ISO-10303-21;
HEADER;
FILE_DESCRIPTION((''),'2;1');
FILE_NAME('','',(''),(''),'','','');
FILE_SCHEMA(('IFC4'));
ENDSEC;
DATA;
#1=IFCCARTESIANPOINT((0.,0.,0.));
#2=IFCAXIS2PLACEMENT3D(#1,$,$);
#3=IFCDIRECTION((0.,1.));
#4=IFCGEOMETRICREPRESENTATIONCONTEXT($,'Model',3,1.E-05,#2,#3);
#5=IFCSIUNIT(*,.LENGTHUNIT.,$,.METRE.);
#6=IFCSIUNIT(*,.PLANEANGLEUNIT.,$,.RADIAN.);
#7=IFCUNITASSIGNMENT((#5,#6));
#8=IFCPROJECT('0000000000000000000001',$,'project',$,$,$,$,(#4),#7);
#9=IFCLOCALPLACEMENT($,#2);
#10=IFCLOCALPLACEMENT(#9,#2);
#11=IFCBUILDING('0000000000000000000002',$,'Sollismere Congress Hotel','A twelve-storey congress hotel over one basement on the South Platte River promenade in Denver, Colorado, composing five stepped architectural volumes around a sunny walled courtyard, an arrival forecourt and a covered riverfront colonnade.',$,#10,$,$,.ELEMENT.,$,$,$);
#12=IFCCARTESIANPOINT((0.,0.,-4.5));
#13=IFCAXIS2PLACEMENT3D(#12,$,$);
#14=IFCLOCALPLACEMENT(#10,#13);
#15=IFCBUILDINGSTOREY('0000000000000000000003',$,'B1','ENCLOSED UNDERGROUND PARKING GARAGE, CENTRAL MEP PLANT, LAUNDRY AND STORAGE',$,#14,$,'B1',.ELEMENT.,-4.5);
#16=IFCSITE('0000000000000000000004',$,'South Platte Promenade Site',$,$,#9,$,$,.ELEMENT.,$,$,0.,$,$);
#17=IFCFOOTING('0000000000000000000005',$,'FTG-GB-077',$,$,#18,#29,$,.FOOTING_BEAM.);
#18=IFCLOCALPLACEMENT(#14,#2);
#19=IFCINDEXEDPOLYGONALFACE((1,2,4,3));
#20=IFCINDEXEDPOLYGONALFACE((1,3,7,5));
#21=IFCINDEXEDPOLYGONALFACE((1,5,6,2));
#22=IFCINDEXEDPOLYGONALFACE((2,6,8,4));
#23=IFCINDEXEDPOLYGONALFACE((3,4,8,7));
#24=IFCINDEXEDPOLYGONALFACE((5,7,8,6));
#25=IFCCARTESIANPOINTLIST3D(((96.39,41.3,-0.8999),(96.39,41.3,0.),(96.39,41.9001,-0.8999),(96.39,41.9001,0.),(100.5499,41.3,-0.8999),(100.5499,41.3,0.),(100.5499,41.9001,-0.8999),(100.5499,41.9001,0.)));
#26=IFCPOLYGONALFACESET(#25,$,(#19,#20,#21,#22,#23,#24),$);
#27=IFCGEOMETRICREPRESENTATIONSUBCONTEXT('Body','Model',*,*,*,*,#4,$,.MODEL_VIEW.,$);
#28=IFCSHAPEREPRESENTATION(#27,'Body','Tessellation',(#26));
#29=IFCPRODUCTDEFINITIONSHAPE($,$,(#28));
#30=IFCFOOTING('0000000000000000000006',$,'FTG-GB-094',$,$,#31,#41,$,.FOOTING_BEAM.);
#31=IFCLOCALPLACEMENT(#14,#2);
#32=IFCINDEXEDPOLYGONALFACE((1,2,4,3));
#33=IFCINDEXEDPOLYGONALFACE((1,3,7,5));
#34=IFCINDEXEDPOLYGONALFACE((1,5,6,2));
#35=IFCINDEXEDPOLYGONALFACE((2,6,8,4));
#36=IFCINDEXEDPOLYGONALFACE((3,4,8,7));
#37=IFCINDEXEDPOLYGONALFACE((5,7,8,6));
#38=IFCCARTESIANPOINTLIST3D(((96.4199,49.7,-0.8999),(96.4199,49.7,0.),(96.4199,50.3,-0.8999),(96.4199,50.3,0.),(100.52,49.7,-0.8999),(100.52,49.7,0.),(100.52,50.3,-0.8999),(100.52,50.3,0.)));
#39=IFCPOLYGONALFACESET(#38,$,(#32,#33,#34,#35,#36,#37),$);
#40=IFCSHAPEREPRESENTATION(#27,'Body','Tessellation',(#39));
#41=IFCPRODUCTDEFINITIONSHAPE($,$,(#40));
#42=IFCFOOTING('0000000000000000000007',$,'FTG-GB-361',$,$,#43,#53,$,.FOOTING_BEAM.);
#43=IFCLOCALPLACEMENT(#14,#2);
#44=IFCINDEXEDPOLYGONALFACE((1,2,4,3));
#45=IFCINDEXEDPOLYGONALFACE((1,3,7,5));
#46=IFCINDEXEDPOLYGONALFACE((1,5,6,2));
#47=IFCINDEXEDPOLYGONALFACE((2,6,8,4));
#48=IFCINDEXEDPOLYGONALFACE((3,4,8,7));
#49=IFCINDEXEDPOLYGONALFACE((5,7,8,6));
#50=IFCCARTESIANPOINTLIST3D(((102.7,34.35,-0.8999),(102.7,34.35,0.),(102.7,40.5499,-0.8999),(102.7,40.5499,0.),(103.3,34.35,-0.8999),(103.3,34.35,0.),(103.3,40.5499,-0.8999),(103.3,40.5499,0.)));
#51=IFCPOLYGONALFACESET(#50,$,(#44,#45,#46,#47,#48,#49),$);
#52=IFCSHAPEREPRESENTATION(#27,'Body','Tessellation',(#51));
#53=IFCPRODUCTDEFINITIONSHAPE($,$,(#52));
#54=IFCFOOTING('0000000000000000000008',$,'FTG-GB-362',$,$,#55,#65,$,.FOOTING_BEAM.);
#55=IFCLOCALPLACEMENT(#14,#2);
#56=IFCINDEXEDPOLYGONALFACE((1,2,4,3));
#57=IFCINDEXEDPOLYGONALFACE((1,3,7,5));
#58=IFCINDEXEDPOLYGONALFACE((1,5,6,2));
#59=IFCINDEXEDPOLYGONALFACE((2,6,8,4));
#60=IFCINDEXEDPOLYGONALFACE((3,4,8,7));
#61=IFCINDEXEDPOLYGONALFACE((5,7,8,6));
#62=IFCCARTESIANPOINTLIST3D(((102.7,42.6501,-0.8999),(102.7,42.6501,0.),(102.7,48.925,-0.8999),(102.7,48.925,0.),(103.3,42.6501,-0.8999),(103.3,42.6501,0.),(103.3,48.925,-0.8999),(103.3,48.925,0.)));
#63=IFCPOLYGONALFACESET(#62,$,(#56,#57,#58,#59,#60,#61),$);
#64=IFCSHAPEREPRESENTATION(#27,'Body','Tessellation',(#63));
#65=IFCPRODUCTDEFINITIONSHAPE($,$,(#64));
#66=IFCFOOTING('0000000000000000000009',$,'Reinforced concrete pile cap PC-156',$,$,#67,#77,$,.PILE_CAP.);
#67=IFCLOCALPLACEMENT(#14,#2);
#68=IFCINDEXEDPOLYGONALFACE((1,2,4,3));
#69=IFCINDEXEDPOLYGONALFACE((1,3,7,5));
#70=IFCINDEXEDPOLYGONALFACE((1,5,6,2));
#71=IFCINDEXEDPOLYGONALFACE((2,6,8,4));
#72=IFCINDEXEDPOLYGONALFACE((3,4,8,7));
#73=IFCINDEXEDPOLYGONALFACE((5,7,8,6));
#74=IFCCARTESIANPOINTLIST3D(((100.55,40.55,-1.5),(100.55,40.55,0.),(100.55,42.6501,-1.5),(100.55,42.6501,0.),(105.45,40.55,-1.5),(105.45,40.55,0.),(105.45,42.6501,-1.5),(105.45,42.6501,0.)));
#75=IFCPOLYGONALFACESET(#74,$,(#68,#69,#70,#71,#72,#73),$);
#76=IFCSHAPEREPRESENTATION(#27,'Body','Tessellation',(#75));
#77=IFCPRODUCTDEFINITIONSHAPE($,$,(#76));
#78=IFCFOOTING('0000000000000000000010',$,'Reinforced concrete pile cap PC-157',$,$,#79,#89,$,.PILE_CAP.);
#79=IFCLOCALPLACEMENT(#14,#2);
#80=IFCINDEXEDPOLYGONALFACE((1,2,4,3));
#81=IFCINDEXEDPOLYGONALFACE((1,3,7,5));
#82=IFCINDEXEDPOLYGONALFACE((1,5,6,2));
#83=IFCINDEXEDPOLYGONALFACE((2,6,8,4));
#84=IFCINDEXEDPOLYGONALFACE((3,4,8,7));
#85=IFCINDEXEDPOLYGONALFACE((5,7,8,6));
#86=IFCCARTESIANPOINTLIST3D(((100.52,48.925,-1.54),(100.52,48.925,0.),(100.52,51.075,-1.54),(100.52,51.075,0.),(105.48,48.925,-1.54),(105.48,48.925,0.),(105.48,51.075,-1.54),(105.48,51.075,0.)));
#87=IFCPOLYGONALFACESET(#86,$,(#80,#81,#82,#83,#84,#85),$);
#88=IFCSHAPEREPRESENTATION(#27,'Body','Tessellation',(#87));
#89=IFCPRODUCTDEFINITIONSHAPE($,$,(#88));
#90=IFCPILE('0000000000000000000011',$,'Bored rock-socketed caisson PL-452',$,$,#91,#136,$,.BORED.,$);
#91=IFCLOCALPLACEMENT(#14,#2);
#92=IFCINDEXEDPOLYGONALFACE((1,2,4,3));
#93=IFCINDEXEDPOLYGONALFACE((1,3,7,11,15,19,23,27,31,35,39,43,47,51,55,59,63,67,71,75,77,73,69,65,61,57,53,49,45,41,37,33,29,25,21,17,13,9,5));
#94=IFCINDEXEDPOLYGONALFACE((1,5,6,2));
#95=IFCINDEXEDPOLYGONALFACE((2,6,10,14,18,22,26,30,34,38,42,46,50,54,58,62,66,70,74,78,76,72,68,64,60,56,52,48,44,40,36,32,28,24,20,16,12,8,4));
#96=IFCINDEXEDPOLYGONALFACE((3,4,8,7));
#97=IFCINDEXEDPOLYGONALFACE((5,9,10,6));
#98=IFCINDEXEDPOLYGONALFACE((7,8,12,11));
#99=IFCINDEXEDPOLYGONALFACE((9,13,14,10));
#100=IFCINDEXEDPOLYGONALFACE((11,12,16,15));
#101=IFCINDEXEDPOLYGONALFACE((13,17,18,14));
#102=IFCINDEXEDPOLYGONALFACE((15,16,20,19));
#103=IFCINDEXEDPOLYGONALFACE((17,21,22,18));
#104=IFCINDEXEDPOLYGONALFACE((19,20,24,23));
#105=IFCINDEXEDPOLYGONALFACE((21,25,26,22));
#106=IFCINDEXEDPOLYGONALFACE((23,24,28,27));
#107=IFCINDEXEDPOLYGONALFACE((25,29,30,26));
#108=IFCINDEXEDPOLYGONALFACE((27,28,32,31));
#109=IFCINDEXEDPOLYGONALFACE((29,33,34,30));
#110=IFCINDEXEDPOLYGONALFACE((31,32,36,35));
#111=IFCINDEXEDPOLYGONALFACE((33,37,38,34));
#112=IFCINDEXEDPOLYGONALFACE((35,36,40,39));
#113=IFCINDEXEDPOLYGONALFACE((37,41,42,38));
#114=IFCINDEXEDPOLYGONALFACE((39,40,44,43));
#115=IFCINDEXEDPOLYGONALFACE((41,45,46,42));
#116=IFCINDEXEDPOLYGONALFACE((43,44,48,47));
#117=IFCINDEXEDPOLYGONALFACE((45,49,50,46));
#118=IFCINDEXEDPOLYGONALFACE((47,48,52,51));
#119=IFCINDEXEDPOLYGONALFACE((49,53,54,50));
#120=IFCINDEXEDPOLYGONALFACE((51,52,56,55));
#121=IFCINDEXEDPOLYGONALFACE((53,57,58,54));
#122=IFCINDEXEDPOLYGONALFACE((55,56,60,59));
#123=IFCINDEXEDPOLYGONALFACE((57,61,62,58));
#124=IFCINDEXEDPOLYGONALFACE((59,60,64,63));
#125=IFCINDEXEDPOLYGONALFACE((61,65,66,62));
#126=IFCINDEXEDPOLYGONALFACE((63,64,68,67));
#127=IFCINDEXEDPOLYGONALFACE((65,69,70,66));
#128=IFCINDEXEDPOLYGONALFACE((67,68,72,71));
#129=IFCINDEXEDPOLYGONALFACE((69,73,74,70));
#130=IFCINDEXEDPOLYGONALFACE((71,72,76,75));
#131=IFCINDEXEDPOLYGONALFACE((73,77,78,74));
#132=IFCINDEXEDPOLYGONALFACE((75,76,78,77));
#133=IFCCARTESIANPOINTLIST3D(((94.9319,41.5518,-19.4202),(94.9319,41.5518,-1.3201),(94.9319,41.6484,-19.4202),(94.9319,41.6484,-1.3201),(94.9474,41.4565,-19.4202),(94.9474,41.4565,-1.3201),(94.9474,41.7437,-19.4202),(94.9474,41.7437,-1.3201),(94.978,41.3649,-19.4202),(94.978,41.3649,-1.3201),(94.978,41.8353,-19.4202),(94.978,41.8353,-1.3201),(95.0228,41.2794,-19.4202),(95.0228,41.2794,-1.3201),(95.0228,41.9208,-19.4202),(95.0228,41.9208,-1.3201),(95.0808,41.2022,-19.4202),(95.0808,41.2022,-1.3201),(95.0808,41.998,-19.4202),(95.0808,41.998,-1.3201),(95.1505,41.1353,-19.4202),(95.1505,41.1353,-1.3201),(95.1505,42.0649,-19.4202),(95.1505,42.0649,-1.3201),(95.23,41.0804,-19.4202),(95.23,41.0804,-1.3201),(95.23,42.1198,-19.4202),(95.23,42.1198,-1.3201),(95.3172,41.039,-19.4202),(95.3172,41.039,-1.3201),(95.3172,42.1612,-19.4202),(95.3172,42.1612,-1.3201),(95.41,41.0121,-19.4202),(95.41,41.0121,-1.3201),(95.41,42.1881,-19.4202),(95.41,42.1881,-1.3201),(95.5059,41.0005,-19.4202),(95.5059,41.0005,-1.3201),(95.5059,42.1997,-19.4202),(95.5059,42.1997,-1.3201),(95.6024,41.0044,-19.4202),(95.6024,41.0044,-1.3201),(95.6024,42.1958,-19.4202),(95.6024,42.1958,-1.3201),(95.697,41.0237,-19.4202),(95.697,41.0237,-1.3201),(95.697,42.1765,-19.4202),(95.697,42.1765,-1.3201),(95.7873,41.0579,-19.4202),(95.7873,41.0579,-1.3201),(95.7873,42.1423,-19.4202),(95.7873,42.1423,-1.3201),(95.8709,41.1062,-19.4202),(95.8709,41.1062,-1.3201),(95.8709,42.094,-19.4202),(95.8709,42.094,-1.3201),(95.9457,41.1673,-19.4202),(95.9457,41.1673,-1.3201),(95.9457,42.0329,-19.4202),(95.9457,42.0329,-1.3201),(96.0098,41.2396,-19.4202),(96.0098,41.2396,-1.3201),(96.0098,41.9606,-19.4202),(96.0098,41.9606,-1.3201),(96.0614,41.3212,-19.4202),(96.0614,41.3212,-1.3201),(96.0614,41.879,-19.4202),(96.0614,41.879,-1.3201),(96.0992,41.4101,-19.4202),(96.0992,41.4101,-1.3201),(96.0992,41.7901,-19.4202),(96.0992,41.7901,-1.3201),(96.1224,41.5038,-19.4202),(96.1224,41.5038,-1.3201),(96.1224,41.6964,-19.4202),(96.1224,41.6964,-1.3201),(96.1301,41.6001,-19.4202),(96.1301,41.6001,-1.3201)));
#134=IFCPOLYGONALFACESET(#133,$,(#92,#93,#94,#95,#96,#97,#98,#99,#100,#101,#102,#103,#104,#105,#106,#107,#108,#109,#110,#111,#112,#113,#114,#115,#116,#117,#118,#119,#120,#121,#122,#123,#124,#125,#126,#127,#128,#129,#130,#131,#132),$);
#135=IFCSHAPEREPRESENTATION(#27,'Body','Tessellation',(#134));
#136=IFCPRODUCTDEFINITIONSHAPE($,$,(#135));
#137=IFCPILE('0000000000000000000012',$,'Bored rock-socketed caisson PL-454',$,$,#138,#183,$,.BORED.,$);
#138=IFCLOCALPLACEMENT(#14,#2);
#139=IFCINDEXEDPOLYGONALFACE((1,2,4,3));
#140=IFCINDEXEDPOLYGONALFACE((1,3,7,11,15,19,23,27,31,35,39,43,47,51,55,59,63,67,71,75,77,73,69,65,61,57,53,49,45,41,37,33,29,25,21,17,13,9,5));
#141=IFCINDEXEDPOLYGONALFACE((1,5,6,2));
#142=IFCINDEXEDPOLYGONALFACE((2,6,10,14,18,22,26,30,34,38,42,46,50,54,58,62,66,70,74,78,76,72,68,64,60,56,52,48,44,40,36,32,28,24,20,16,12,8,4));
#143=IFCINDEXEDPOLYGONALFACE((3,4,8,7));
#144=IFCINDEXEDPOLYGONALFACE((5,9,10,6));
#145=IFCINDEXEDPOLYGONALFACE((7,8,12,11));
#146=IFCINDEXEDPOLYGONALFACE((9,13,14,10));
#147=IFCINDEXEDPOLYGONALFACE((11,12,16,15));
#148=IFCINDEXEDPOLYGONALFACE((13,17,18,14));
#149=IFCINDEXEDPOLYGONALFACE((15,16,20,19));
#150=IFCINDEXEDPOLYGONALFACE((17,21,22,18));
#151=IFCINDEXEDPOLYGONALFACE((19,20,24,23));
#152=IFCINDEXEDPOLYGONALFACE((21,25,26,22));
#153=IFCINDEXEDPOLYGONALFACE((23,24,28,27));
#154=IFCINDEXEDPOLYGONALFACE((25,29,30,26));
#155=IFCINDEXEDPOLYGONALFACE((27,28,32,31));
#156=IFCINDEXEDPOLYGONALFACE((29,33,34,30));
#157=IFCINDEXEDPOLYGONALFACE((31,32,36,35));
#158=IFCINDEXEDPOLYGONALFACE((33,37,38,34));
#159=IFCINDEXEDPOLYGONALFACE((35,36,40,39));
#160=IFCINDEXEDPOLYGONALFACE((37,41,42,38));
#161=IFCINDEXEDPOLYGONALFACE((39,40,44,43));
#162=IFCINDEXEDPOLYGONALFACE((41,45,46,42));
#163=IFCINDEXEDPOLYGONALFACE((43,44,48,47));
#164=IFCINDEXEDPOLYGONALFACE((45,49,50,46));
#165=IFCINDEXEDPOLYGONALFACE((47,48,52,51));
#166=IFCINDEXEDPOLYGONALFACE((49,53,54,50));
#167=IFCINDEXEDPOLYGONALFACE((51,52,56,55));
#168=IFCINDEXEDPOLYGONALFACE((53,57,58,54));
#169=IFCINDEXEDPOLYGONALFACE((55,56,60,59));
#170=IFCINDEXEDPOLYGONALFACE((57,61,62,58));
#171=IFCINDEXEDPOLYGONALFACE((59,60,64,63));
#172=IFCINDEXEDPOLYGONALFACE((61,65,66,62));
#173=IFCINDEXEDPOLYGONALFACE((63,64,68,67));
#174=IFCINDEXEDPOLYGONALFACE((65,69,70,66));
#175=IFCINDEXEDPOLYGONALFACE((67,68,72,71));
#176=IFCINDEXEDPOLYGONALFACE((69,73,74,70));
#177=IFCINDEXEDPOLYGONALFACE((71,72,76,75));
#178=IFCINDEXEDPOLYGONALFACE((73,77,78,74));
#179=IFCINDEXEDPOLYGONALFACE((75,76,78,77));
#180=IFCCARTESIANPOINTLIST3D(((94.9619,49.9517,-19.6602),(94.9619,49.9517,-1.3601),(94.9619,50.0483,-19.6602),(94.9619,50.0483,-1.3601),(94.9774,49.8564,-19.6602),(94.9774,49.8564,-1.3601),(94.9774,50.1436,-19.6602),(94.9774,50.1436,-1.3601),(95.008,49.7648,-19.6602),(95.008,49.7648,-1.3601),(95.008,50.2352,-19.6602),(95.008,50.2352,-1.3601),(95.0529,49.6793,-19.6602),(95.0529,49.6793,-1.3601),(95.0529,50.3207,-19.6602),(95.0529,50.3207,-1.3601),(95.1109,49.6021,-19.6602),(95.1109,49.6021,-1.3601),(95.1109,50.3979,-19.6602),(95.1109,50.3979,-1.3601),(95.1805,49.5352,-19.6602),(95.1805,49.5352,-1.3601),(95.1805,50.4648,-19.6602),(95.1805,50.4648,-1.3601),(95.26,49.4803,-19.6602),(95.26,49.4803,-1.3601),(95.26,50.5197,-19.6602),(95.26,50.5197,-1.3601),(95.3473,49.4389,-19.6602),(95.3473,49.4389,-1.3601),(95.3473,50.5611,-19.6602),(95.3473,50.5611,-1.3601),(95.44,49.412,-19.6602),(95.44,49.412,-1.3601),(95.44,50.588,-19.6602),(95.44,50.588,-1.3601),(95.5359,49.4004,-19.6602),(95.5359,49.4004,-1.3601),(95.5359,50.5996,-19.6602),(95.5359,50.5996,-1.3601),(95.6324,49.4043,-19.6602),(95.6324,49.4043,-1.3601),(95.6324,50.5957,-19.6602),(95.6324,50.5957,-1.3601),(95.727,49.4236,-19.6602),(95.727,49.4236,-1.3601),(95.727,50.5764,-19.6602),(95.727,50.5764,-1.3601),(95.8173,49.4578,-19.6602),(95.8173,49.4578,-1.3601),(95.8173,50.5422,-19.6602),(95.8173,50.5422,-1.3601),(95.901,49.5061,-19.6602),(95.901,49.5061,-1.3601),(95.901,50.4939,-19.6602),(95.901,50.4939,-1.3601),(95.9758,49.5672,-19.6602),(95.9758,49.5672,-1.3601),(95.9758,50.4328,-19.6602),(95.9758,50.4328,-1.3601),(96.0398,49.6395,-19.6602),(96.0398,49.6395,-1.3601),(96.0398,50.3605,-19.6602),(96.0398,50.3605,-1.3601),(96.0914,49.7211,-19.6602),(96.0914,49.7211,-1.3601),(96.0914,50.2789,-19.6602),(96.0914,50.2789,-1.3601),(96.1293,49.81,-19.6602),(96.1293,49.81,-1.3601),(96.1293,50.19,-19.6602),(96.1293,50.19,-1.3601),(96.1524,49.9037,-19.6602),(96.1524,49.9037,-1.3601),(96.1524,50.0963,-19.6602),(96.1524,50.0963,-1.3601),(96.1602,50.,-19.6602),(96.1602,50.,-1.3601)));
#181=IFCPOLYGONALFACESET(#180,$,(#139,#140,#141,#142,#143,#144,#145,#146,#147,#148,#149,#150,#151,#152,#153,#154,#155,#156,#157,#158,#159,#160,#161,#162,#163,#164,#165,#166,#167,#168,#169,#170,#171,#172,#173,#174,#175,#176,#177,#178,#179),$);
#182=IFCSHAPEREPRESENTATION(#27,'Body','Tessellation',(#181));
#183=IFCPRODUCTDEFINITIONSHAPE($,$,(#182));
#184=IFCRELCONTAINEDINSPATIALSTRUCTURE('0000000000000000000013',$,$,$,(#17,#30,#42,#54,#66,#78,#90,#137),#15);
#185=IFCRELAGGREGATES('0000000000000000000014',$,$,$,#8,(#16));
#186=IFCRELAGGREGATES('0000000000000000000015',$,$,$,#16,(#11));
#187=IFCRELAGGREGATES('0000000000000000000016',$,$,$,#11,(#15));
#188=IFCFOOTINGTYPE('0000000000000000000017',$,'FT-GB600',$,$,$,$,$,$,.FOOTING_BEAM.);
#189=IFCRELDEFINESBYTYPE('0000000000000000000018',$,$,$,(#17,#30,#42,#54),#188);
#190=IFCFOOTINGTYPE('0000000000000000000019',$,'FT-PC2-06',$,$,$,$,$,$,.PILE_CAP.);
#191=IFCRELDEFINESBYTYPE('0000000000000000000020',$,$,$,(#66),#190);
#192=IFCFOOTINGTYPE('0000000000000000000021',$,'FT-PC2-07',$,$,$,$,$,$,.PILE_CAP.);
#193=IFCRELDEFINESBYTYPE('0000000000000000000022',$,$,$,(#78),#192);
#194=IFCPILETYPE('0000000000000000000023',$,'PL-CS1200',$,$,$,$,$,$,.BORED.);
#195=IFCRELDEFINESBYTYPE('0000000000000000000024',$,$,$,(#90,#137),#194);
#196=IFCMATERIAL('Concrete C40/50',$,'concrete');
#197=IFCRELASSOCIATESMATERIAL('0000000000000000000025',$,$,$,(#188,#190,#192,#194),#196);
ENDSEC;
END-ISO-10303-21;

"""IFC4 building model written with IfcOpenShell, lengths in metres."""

from ifc_helpers import new_model, si_unit, direction, frame, origin, origin_2d, place, context, subcontext, project, spatial, rectangle, circle, extrude, material, material_profile, profile_set, type_object, element, save


model = new_model("IFC4")

# Units and contexts
model_context = context("Model", 3, precision=1e-05, world=origin(), true_north=direction((0.0, 1.0)))
body_context = subcontext(model_context, "Body", "Model", "MODEL_VIEW")
ifc_project = project(units=[si_unit("LENGTHUNIT", "METRE"), si_unit("PLANEANGLEUNIT", "RADIAN")], contexts=[model_context])

# Site, building, storey
site_placement = place(None, origin())
site = spatial("IfcSite", under=ifc_project, at=site_placement, Name="South Platte Promenade Site", CompositionType="ELEMENT", RefElevation=0.0)
building_placement = place(site_placement, origin())
building = spatial("IfcBuilding", under=site, at=building_placement, Name="Sollismere Congress Hotel", Description="A twelve-storey congress hotel over one basement on the South Platte River promenade in Denver, Colorado, composing five stepped architectural volumes around a sunny walled courtyard, an arrival forecourt and a covered riverfront colonnade.", CompositionType="ELEMENT")
storey_placement = place(building_placement, frame((0.0, 0.0, -4.5)))
storey = spatial("IfcBuildingStorey", under=building, at=storey_placement, Name="B1", Description="ENCLOSED UNDERGROUND PARKING GARAGE, CENTRAL MEP PLANT, LAUNDRY AND STORAGE", LongName="B1", CompositionType="ELEMENT", Elevation=-4.5)

# Footings
ifc_material_1 = material(Name="Concrete C40/50", Category="concrete")
footing_type_1 = type_object("IfcFootingType", Name="FT-GB600", PredefinedType="FOOTING_BEAM", material=ifc_material_1)
footing_1_placement = place(storey_placement, frame((98.47, 41.6001, -0.8999), z_axis=(0.0, 0.0, 1.0), x_axis=(1.0, 0.0, 0.0)))
element("IfcFooting", 1, at=footing_1_placement, inside=storey, type_object=footing_type_1, Name="FTG-GB-077", PredefinedType="FOOTING_BEAM", context=body_context, shape_type="SweptSolid", body=[
    extrude(rectangle(XDim=4.1599, YDim=0.6001, at=origin_2d()), origin(), (0.0, 0.0, 1.0), 0.8999),
])
footing_2_placement = place(storey_placement, frame((98.47, 50.0, -0.8999), z_axis=(0.0, 0.0, 1.0), x_axis=(1.0, 0.0, 0.0)))
element("IfcFooting", 2, at=footing_2_placement, inside=storey, type_object=footing_type_1, Name="FTG-GB-094", PredefinedType="FOOTING_BEAM", context=body_context, shape_type="SweptSolid", body=[
    extrude(rectangle(XDim=4.1001, YDim=0.6001, at=origin_2d()), origin(), (0.0, 0.0, 1.0), 0.8999),
])
footing_3_placement = place(storey_placement, frame((103.0, 37.45, -0.8999), z_axis=(0.0, 0.0, 1.0), x_axis=(0.0, 1.0, 0.0)))
element("IfcFooting", 3, at=footing_3_placement, inside=storey, type_object=footing_type_1, Name="FTG-GB-361", PredefinedType="FOOTING_BEAM", context=body_context, shape_type="SweptSolid", body=[
    extrude(rectangle(XDim=6.2, YDim=0.6001, at=origin_2d()), origin(), (0.0, 0.0, 1.0), 0.8999),
])
footing_4_placement = place(storey_placement, frame((103.0, 45.7876, -0.8999), z_axis=(0.0, 0.0, 1.0), x_axis=(0.0, 1.0, 0.0)))
element("IfcFooting", 4, at=footing_4_placement, inside=storey, type_object=footing_type_1, Name="FTG-GB-362", PredefinedType="FOOTING_BEAM", context=body_context, shape_type="SweptSolid", body=[
    extrude(rectangle(XDim=6.2749, YDim=0.6001, at=origin_2d()), origin(), (0.0, 0.0, 1.0), 0.8999),
])
footing_type_2 = type_object("IfcFootingType", Name="FT-PC2-06", PredefinedType="PILE_CAP", material=ifc_material_1)
footing_5_placement = place(storey_placement, frame((103.0, 41.6001, -1.5), z_axis=(0.0, 0.0, 1.0), x_axis=(1.0, 0.0, 0.0)))
element("IfcFooting", 5, at=footing_5_placement, inside=storey, type_object=footing_type_2, Name="Reinforced concrete pile cap PC-156", PredefinedType="PILE_CAP", context=body_context, shape_type="SweptSolid", body=[
    extrude(rectangle(XDim=4.8999, YDim=2.1001, at=origin_2d()), origin(), (0.0, 0.0, 1.0), 1.5),
])
footing_type_3 = type_object("IfcFootingType", Name="FT-PC2-07", PredefinedType="PILE_CAP", material=ifc_material_1)
footing_6_placement = place(storey_placement, frame((103.0, 50.0, -1.54), z_axis=(0.0, 0.0, 1.0), x_axis=(1.0, 0.0, 0.0)))
element("IfcFooting", 6, at=footing_6_placement, inside=storey, type_object=footing_type_3, Name="Reinforced concrete pile cap PC-157", PredefinedType="PILE_CAP", context=body_context, shape_type="SweptSolid", body=[
    extrude(rectangle(XDim=4.96, YDim=2.1499, at=origin_2d()), origin(), (0.0, 0.0, 1.0), 1.54),
])

# Piles
ifc_material_profile_1 = material_profile(ifc_material_1, circle(Radius=0.6001, at=origin_2d()), Name="CAISSON1200")
ifc_profile_set_1 = profile_set([ifc_material_profile_1], Name="Concrete C40/50")
pile_type = type_object("IfcPileType", Name="PL-CS1200", PredefinedType="BORED", material=ifc_profile_set_1)
pile_1_placement = place(storey_placement, frame((95.53, 41.6001, -1.3201), z_axis=(0.0, 0.0, -1.0), x_axis=(1.0, 0.0, 0.0)))
element("IfcPile", 7, at=pile_1_placement, inside=storey, type_object=pile_type, Name="Bored rock-socketed caisson PL-452", PredefinedType="BORED", context=body_context, shape_type="SweptSolid", body=[
    extrude(circle(Radius=0.6001, at=origin_2d()), origin(), (0.0, 0.0, 1.0), 18.1001),
])
pile_2_placement = place(storey_placement, frame((95.5601, 50.0, -1.3601), z_axis=(0.0, 0.0, -1.0), x_axis=(1.0, 0.0, 0.0)))
element("IfcPile", 8, at=pile_2_placement, inside=storey, type_object=pile_type, Name="Bored rock-socketed caisson PL-454", PredefinedType="BORED", context=body_context, shape_type="SweptSolid", body=[
    extrude(circle(Radius=0.6001, at=origin_2d()), origin(), (0.0, 0.0, 1.0), 18.3),
])

save(model, "model.ifc")
